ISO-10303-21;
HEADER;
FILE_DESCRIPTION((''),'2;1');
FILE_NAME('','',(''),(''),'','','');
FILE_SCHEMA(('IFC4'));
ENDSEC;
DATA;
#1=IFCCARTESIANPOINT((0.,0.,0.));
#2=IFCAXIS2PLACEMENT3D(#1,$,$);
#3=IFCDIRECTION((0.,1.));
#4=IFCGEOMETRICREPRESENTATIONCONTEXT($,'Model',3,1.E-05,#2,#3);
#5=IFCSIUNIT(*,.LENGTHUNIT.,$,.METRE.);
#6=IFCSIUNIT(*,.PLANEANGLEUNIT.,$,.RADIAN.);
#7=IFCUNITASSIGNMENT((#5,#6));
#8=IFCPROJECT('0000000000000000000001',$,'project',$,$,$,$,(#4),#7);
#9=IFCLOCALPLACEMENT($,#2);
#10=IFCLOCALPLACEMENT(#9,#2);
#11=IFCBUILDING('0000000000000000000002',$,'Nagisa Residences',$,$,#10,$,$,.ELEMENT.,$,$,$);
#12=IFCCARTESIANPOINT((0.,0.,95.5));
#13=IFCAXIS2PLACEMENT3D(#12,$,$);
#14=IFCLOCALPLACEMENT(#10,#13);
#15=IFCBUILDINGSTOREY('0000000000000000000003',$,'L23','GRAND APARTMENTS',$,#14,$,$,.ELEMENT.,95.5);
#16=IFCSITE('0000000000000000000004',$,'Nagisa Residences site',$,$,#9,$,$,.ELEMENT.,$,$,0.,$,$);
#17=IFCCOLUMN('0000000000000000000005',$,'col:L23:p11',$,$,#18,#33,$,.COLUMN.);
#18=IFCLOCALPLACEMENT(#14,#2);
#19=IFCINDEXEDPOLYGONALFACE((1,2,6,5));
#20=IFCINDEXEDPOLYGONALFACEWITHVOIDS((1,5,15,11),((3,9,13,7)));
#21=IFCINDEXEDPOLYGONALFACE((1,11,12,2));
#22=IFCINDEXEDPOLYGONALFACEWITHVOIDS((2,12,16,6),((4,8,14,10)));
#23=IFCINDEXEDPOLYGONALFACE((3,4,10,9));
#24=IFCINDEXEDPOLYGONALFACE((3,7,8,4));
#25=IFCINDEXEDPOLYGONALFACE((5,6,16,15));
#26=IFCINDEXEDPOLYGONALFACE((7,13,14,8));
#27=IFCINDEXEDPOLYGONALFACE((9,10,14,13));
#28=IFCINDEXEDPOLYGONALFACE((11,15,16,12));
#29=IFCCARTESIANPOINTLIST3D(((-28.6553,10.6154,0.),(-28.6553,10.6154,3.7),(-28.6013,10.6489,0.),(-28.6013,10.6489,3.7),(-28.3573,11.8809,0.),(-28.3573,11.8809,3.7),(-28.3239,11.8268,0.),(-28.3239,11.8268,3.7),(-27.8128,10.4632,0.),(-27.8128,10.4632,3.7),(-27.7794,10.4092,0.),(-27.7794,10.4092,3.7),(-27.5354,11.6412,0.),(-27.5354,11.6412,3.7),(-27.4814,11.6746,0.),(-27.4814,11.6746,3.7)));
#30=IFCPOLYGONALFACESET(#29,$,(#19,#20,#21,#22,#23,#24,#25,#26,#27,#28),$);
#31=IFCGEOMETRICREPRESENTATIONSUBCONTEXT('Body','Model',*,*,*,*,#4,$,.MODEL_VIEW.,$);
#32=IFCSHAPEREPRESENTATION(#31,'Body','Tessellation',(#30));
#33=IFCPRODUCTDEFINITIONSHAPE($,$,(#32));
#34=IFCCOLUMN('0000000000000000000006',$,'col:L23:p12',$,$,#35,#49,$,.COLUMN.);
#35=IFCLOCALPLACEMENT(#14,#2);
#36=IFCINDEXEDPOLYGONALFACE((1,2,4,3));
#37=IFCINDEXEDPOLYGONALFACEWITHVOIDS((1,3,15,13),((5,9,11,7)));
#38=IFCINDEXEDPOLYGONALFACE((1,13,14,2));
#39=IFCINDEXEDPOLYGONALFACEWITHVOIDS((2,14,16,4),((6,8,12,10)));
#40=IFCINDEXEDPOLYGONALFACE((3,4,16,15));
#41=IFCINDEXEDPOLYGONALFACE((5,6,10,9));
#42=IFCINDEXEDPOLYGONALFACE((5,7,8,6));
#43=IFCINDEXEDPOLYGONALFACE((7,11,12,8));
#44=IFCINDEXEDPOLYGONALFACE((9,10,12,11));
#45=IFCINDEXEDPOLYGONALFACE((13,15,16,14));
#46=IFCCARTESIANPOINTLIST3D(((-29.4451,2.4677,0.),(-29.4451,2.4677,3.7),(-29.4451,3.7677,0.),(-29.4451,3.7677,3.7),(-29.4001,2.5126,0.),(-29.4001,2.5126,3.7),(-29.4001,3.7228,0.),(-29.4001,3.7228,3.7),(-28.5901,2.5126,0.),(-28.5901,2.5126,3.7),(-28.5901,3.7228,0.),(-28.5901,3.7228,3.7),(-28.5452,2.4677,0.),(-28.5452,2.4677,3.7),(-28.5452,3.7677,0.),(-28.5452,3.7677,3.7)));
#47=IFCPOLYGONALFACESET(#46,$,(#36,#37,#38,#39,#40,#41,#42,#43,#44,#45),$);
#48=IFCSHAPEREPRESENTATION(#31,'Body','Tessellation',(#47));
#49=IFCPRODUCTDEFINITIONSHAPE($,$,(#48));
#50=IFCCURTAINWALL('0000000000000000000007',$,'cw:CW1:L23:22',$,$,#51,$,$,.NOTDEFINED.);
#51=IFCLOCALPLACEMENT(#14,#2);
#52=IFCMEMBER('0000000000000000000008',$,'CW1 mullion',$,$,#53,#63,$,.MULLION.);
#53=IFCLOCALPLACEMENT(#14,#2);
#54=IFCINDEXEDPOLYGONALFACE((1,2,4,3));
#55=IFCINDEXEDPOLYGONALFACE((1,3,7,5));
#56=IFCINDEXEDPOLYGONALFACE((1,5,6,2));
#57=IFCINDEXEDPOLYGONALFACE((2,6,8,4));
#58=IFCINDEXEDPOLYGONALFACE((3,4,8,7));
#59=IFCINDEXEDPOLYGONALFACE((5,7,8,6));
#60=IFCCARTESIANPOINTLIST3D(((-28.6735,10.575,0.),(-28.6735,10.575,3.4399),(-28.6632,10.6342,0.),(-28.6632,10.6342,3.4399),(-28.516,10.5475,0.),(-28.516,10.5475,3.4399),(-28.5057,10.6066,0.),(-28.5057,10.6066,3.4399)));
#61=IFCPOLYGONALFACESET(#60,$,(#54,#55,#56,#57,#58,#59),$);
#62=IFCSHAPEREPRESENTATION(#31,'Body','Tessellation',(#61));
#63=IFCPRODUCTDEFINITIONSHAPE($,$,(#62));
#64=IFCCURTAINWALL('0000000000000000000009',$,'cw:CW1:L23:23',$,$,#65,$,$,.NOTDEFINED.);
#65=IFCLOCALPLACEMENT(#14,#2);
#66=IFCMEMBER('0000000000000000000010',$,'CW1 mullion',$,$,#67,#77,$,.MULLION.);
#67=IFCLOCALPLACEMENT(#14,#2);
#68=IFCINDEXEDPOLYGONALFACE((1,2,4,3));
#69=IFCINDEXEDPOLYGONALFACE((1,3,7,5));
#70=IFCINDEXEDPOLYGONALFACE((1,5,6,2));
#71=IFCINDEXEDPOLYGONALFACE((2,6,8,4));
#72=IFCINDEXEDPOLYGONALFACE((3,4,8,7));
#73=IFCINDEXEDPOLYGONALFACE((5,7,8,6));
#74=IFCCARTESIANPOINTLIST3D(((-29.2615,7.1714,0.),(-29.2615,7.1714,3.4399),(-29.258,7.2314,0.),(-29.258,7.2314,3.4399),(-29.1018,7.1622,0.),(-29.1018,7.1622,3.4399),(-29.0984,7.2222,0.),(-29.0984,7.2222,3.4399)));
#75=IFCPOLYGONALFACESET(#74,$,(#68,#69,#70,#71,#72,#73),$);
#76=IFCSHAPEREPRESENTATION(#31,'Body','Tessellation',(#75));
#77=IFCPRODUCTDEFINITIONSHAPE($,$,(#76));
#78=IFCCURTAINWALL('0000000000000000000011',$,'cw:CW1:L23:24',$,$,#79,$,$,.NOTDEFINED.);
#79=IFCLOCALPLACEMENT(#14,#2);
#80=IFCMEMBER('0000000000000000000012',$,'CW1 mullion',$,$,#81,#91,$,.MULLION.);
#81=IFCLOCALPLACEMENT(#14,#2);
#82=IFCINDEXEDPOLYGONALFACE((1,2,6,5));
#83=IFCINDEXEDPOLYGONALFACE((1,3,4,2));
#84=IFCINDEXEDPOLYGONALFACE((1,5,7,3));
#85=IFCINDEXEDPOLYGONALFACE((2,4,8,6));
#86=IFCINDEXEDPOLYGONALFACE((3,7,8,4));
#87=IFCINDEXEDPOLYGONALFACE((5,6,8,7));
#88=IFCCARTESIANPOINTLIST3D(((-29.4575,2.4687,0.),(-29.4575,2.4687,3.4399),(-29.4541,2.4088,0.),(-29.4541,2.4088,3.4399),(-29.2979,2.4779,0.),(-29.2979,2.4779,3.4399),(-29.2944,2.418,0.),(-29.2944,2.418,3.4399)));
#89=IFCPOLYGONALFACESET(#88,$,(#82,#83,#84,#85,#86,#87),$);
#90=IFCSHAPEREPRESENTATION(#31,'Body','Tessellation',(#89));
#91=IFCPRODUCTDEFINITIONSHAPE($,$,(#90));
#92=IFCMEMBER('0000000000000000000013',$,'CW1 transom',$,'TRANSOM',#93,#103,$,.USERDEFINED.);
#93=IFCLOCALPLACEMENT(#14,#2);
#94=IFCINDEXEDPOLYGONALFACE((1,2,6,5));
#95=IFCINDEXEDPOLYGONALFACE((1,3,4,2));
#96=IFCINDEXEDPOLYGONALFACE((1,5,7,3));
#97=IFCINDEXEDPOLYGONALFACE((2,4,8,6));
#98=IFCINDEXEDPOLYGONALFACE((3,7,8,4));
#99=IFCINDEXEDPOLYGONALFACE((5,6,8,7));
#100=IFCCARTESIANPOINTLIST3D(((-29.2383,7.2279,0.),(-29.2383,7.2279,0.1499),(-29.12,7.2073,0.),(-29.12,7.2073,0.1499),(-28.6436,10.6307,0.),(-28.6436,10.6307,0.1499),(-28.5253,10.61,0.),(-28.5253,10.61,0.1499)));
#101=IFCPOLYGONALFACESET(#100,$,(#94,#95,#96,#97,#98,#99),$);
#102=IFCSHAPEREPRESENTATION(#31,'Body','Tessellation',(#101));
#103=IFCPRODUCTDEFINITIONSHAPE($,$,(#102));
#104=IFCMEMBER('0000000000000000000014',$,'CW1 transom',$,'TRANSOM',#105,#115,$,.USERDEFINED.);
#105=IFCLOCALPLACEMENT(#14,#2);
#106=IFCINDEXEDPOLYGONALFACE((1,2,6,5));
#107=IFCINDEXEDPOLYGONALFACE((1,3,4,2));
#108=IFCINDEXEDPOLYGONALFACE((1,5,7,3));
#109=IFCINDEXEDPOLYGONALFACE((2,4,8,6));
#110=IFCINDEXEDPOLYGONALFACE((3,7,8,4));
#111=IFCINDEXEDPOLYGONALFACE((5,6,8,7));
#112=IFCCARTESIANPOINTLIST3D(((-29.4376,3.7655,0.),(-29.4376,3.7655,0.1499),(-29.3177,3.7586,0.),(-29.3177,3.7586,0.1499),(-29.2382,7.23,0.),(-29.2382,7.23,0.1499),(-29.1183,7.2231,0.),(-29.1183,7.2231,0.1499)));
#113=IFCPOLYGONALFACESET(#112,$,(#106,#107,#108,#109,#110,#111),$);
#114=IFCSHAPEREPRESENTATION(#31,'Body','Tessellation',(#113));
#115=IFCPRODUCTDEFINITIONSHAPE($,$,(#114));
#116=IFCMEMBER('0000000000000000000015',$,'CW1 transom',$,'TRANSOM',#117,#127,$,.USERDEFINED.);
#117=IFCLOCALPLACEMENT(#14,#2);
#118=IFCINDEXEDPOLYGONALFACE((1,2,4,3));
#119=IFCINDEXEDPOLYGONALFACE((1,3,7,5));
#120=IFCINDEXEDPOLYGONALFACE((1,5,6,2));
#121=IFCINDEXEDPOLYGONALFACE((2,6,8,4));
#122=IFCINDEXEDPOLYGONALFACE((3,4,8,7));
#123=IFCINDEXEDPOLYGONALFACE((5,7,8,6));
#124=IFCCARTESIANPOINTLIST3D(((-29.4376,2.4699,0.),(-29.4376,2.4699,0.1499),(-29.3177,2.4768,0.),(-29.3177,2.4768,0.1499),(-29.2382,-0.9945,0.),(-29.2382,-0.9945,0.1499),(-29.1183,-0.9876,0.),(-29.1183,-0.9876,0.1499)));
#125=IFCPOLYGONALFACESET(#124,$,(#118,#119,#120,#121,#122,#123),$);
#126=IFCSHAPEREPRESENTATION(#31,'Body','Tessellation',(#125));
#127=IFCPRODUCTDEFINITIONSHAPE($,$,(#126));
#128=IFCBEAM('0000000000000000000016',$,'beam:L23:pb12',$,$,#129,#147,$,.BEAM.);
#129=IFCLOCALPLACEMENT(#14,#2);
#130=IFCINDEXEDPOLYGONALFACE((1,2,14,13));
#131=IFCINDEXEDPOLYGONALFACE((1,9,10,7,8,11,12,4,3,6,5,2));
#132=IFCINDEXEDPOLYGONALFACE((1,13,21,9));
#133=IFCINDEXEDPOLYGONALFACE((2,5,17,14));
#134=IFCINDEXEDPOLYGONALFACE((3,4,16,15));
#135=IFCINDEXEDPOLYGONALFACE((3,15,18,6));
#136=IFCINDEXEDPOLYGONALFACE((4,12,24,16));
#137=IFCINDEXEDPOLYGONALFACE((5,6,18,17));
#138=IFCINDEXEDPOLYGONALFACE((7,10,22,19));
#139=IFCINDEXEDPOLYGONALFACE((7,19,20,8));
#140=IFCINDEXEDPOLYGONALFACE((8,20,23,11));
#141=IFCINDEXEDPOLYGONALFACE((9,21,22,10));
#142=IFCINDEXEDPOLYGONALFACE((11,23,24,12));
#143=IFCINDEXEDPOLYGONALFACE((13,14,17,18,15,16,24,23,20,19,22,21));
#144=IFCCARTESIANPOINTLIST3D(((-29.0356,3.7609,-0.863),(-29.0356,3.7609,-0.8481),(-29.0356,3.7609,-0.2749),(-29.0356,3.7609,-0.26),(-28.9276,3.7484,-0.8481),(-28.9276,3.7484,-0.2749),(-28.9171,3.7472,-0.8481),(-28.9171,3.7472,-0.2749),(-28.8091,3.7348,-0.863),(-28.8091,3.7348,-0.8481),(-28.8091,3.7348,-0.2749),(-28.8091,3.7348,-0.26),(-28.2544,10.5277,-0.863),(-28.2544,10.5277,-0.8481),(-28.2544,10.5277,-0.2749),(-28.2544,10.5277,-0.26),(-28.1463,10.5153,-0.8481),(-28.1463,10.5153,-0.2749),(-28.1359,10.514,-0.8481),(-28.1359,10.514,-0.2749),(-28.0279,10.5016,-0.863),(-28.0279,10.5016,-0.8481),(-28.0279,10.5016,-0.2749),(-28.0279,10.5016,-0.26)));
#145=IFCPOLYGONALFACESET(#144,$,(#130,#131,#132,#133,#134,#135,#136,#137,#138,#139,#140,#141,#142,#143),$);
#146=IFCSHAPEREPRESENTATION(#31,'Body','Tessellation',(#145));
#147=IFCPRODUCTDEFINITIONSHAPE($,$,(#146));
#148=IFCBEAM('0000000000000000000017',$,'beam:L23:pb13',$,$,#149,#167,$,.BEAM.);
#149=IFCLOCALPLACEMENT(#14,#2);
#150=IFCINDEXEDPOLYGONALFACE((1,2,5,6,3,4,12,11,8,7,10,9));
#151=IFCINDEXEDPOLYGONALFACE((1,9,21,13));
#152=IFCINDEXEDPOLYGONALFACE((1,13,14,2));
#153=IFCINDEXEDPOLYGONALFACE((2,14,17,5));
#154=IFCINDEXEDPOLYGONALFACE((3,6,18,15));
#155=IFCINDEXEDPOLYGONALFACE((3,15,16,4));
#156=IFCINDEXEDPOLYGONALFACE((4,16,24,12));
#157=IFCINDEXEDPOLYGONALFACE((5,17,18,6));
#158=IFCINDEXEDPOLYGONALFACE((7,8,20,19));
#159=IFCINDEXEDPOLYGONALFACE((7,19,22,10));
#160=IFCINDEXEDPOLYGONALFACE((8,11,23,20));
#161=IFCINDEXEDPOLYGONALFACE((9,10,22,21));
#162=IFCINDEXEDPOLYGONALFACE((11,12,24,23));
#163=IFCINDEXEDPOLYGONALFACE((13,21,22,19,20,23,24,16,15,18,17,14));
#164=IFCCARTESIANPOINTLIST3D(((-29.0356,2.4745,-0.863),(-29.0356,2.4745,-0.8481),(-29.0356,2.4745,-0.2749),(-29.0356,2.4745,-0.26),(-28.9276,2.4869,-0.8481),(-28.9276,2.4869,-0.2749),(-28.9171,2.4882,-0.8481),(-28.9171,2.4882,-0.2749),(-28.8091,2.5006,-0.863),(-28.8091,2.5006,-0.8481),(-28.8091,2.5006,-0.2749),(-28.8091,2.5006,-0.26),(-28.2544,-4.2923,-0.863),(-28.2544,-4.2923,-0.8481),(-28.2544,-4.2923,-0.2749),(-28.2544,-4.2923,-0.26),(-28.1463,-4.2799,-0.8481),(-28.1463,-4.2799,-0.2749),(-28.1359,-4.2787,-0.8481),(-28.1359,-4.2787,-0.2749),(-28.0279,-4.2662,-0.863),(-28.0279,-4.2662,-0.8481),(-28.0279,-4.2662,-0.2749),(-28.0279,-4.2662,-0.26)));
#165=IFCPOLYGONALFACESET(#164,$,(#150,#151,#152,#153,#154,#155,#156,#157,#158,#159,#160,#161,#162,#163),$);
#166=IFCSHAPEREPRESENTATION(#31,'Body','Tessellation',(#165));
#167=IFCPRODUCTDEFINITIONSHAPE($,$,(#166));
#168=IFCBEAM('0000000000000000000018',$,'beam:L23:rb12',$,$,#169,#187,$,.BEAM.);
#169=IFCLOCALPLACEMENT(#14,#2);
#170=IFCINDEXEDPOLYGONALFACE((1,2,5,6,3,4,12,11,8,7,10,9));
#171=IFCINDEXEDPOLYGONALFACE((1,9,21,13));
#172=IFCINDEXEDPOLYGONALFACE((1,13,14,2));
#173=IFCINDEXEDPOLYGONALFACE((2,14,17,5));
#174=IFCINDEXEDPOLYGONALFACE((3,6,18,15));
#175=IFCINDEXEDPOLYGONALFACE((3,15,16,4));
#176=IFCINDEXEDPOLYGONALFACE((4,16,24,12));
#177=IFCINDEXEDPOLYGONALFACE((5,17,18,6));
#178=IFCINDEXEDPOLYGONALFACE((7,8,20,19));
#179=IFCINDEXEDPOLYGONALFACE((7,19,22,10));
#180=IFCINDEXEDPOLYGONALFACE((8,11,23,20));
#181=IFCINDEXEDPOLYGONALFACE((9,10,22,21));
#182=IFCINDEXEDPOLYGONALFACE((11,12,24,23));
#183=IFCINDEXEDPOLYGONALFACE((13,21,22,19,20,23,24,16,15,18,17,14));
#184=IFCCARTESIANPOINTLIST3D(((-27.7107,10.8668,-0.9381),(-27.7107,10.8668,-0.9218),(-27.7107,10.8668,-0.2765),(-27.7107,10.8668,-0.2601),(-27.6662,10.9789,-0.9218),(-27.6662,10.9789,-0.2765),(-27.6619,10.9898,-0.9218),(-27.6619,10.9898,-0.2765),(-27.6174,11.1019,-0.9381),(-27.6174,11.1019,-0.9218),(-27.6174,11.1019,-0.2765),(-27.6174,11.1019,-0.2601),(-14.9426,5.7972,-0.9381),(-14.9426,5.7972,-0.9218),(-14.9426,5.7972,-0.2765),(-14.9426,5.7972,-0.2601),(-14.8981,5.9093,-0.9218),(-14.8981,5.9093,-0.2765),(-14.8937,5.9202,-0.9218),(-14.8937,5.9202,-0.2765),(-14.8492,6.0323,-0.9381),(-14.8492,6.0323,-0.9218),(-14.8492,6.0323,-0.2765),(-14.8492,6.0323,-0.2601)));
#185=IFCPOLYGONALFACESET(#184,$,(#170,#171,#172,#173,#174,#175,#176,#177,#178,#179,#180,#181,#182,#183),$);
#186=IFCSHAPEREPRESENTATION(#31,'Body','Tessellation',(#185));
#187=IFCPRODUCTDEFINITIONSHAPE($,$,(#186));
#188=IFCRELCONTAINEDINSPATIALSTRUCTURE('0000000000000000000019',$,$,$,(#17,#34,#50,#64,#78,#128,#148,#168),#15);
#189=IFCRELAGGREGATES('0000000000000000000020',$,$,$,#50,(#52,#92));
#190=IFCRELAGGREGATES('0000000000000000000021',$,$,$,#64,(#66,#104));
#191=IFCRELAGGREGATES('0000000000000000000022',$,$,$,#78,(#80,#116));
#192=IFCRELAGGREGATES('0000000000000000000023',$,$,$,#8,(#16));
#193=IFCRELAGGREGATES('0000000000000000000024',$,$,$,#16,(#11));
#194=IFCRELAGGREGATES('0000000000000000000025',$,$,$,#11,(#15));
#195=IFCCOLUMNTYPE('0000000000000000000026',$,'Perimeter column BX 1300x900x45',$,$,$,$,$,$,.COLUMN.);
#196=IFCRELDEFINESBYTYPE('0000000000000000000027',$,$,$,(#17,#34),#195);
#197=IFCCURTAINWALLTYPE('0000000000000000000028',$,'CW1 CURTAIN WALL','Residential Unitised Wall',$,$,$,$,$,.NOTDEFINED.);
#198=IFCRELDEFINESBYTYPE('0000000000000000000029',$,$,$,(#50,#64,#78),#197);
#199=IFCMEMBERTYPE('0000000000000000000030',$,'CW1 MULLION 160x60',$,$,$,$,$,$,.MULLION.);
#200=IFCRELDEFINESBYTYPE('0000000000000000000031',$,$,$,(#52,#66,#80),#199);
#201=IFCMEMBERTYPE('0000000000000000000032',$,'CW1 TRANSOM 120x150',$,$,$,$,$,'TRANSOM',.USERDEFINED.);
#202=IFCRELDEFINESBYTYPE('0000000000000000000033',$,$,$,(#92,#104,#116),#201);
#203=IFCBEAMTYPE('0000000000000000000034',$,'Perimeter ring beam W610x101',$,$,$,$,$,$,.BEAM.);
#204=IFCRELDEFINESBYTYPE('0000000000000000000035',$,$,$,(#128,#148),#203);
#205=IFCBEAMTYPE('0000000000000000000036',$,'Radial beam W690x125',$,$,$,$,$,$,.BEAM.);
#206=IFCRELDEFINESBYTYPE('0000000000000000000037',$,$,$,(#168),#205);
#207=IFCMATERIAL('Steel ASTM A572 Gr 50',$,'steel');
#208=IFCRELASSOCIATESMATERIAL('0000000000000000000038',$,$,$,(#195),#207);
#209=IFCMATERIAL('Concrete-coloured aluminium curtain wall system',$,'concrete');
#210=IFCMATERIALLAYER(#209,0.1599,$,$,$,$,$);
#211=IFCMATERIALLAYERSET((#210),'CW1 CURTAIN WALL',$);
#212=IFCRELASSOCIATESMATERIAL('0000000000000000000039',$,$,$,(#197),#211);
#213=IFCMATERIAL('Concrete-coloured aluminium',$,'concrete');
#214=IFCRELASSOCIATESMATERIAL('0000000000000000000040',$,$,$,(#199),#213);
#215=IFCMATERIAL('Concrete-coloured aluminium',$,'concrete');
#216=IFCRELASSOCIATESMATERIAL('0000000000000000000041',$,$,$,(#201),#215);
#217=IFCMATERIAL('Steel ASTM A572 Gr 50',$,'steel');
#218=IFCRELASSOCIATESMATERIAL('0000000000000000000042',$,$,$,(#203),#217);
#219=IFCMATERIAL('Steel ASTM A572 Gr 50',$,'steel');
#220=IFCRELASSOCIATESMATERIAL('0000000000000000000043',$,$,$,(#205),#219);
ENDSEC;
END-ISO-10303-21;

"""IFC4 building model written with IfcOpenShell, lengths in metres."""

from ifc_helpers import new_model, si_unit, direction, frame, origin, origin_2d, place, context, subcontext, project, spatial, rectangle, hollow_rectangle, i_section, extrude, material, layer, layer_set, material_profile, profile_set, type_object, element, aggregate, save


model = new_model("IFC4")

# Units and contexts
model_context = context("Model", 3, precision=1e-05, world=origin(), true_north=direction((0.0, 1.0)))
body_context = subcontext(model_context, "Body", "Model", "MODEL_VIEW")
ifc_project = project(units=[si_unit("LENGTHUNIT", "METRE"), si_unit("PLANEANGLEUNIT", "RADIAN")], contexts=[model_context])

# Site, building, storey
site_placement = place(None, origin())
site = spatial("IfcSite", under=ifc_project, at=site_placement, Name="Nagisa Residences site", CompositionType="ELEMENT", RefElevation=0.0)
building_placement = place(site_placement, origin())
building = spatial("IfcBuilding", under=site, at=building_placement, Name="Nagisa Residences", CompositionType="ELEMENT")
storey_placement = place(building_placement, frame((0.0, 0.0, 95.5)))
storey = spatial("IfcBuildingStorey", under=building, at=storey_placement, Name="L23", Description="GRAND APARTMENTS", CompositionType="ELEMENT", Elevation=95.5)

# Columns
ifc_material_1 = material(Name="Steel ASTM A572 Gr 50", Category="steel")
ifc_material_profile_1 = material_profile(ifc_material_1, hollow_rectangle(XDim=1.3, YDim=0.8999, WallThickness=0.0449, at=origin_2d()), Name="BX 1300x900x45")
ifc_profile_set_1 = profile_set([ifc_material_profile_1], Name="Steel ASTM A572 Gr 50")
column_type = type_object("IfcColumnType", Name="Perimeter column BX 1300x900x45", PredefinedType="COLUMN", material=ifc_profile_set_1)
for number, where, z_axis, x_axis, name in (
    (1, (-28.0684, 11.145, 0.0), (0.0, 0.0, 1.0), (-0.229202, -0.973379, 0.0), "col:L23:p11"),
    (2, (-28.9951, 3.1177, 0.0), (0.0, 0.0, 1.0), (0.0, -1.0, 0.0), "col:L23:p12"),
):
    element("IfcColumn", number, at=place(storey_placement, frame(where, z_axis=z_axis, x_axis=x_axis)), inside=storey, type_object=column_type, Name=name, PredefinedType="COLUMN", context=body_context, shape_type="SweptSolid", body=[
        extrude(hollow_rectangle(XDim=1.3, YDim=0.8999, WallThickness=0.0449, at=origin_2d()), origin(), (0.0, 0.0, 1.0), 3.7),
    ])

# Curtain walls, members
ifc_material_2 = material(Name="Concrete-coloured aluminium curtain wall system", Category="concrete")
ifc_layer_1 = layer(ifc_material_2, 0.1599)
ifc_layer_set_1 = layer_set([ifc_layer_1], Name="CW1 CURTAIN WALL")
curtain_wall_type = type_object("IfcCurtainWallType", Name="CW1 CURTAIN WALL", Description="Residential Unitised Wall", PredefinedType="NOTDEFINED", material=ifc_layer_set_1)
curtain_wall_1_placement = place(storey_placement, origin())
curtain_wall_1 = element("IfcCurtainWall", 3, at=curtain_wall_1_placement, inside=storey, type_object=curtain_wall_type, Name="cw:CW1:L23:22", PredefinedType="NOTDEFINED")
ifc_material_3 = material(Name="Concrete-coloured aluminium", Category="concrete")
ifc_material_profile_2 = material_profile(ifc_material_3, rectangle(XDim=0.1599, YDim=0.0601, at=origin_2d()), Name="CW1 MULLION 160x60")
ifc_profile_set_2 = profile_set([ifc_material_profile_2], Name="Concrete-coloured aluminium")
member_type_1 = type_object("IfcMemberType", Name="CW1 MULLION 160x60", PredefinedType="MULLION", material=ifc_profile_set_2)
member_1_placement = place(storey_placement, frame((-28.5896, 10.5908, 0.0), z_axis=(0.0, 0.0, 1.0), x_axis=(0.985064, -0.172191, 0.0)))
member_1 = element("IfcMember", 4, at=member_1_placement, type_object=member_type_1, Name="CW1 mullion", PredefinedType="MULLION", context=body_context, shape_type="SweptSolid", body=[
    extrude(rectangle(XDim=0.1599, YDim=0.0601, at=origin_2d()), origin(), (0.0, 0.0, 1.0), 3.4399),
])
curtain_wall_2_placement = place(storey_placement, origin())
curtain_wall_2 = element("IfcCurtainWall", 5, at=curtain_wall_2_placement, inside=storey, type_object=curtain_wall_type, Name="cw:CW1:L23:23", PredefinedType="NOTDEFINED")
member_2_placement = place(storey_placement, frame((-29.1799, 7.1968, 0.0), z_axis=(0.0, 0.0, 1.0), x_axis=(0.998345, -0.057503, 0.0)))
member_2 = element("IfcMember", 6, at=member_2_placement, type_object=member_type_1, Name="CW1 mullion", PredefinedType="MULLION", context=body_context, shape_type="SweptSolid", body=[
    extrude(rectangle(XDim=0.1599, YDim=0.0601, at=origin_2d()), origin(), (0.0, 0.0, 1.0), 3.4399),
])
curtain_wall_3_placement = place(storey_placement, origin())
curtain_wall_3 = element("IfcCurtainWall", 7, at=curtain_wall_3_placement, inside=storey, type_object=curtain_wall_type, Name="cw:CW1:L23:24", PredefinedType="NOTDEFINED")
member_3_placement = place(storey_placement, frame((-29.376, 2.4434, 0.0), z_axis=(0.0, 0.0, 1.0), x_axis=(0.998345, 0.057503, 0.0)))
member_3 = element("IfcMember", 8, at=member_3_placement, type_object=member_type_1, Name="CW1 mullion", PredefinedType="MULLION", context=body_context, shape_type="SweptSolid", body=[
    extrude(rectangle(XDim=0.1599, YDim=0.0601, at=origin_2d()), origin(), (0.0, 0.0, 1.0), 3.4399),
])

# Members
ifc_material_4 = material(Name="Concrete-coloured aluminium", Category="concrete")
ifc_material_profile_3 = material_profile(ifc_material_4, rectangle(XDim=0.1201, YDim=0.1499, at=origin_2d()), Name="CW1 TRANSOM 120x150")
ifc_profile_set_3 = profile_set([ifc_material_profile_3], Name="Concrete-coloured aluminium")
member_type_2 = type_object("IfcMemberType", Name="CW1 TRANSOM 120x150", ElementType="TRANSOM", PredefinedType="USERDEFINED", material=ifc_profile_set_3)
member_4_placement = place(storey_placement, frame((-28.5845, 10.6204, 0.075), z_axis=(-0.172164, -0.985068, 0.0), x_axis=(0.985068, -0.172164, 0.0)))
member_4 = element("IfcMember", 9, at=member_4_placement, type_object=member_type_2, Name="CW1 transom", ObjectType="TRANSOM", PredefinedType="USERDEFINED", context=body_context, shape_type="SweptSolid", body=[
    extrude(rectangle(XDim=0.1201, YDim=0.1499, at=origin_2d()), origin(), (0.0, 0.0, 1.0), 3.4543),
])
member_5_placement = place(storey_placement, frame((-29.1782, 7.2266, 0.075), z_axis=(-0.057477, -0.998347, 0.0), x_axis=(0.998347, -0.057477, 0.0)))
member_5 = element("IfcMember", 10, at=member_5_placement, type_object=member_type_2, Name="CW1 transom", ObjectType="TRANSOM", PredefinedType="USERDEFINED", context=body_context, shape_type="SweptSolid", body=[
    extrude(rectangle(XDim=0.1201, YDim=0.1499, at=origin_2d()), origin(), (0.0, 0.0, 1.0), 3.4702),
])
member_6_placement = place(storey_placement, frame((-29.3777, 2.4734, 0.075), z_axis=(0.057477, -0.998347, 0.0), x_axis=(0.998347, 0.057477, 0.0)))
member_6 = element("IfcMember", 11, at=member_6_placement, type_object=member_type_2, Name="CW1 transom", ObjectType="TRANSOM", PredefinedType="USERDEFINED", context=body_context, shape_type="SweptSolid", body=[
    extrude(rectangle(XDim=0.1201, YDim=0.1499, at=origin_2d()), origin(), (0.0, 0.0, 1.0), 3.4702),
])

# Beams
ifc_material_5 = material(Name="Steel ASTM A572 Gr 50", Category="steel")
ifc_material_profile_4 = material_profile(ifc_material_5, i_section(OverallWidth=0.228, OverallDepth=0.603, WebThickness=0.0105, FlangeThickness=0.0149, at=origin_2d()), Name="W610x101")
ifc_profile_set_4 = profile_set([ifc_material_profile_4], Name="Steel ASTM A572 Gr 50")
beam_type_1 = type_object("IfcBeamType", Name="Perimeter ring beam W610x101", PredefinedType="BEAM", material=ifc_profile_set_4)
for number, where, z_axis, x_axis, name in (
    (12, (-28.1411, 10.5146, -0.5615), (-0.114691, -0.993401, 0.0), (0.993401, -0.114691, 0.0), "beam:L23:pb12"),
    (13, (-28.9224, 2.4875, -0.5615), (0.114691, -0.993401, 0.0), (0.993401, 0.114691, 0.0), "beam:L23:pb13"),
):
    element("IfcBeam", number, at=place(storey_placement, frame(where, z_axis=z_axis, x_axis=x_axis)), inside=storey, type_object=beam_type_1, Name=name, PredefinedType="BEAM", context=body_context, shape_type="SweptSolid", body=[
        extrude(i_section(OverallWidth=0.228, OverallDepth=0.603, WebThickness=0.0105, FlangeThickness=0.0149, at=origin_2d()), origin(), (0.0, 0.0, 1.0), 6.8118),
    ])
ifc_material_6 = material(Name="Steel ASTM A572 Gr 50", Category="steel")
ifc_material_profile_5 = material_profile(ifc_material_6, i_section(OverallWidth=0.2529, OverallDepth=0.678, WebThickness=0.0117, FlangeThickness=0.0164, at=origin_2d()), Name="W690x125")
ifc_profile_set_5 = profile_set([ifc_material_profile_5], Name="Steel ASTM A572 Gr 50")
beam_type_2 = type_object("IfcBeamType", Name="Radial beam W690x125", PredefinedType="BEAM", material=ifc_profile_set_5)
beam_1_placement = place(storey_placement, frame((-27.6641, 10.9844, -0.5991), z_axis=(0.929419, -0.369027, 0.0), x_axis=(0.369027, 0.929419, 0.0)))
element("IfcBeam", 14, at=beam_1_placement, inside=storey, type_object=beam_type_2, Name="beam:L23:rb12", PredefinedType="BEAM", context=body_context, shape_type="SweptSolid", body=[
    extrude(i_section(OverallWidth=0.2529, OverallDepth=0.678, WebThickness=0.0117, FlangeThickness=0.0164, at=origin_2d()), origin(), (0.0, 0.0, 1.0), 13.7378),
])

aggregate(curtain_wall_1, [member_1, member_4])
aggregate(curtain_wall_2, [member_2, member_5])
aggregate(curtain_wall_3, [member_3, member_6])

save(model, "model.ifc")
